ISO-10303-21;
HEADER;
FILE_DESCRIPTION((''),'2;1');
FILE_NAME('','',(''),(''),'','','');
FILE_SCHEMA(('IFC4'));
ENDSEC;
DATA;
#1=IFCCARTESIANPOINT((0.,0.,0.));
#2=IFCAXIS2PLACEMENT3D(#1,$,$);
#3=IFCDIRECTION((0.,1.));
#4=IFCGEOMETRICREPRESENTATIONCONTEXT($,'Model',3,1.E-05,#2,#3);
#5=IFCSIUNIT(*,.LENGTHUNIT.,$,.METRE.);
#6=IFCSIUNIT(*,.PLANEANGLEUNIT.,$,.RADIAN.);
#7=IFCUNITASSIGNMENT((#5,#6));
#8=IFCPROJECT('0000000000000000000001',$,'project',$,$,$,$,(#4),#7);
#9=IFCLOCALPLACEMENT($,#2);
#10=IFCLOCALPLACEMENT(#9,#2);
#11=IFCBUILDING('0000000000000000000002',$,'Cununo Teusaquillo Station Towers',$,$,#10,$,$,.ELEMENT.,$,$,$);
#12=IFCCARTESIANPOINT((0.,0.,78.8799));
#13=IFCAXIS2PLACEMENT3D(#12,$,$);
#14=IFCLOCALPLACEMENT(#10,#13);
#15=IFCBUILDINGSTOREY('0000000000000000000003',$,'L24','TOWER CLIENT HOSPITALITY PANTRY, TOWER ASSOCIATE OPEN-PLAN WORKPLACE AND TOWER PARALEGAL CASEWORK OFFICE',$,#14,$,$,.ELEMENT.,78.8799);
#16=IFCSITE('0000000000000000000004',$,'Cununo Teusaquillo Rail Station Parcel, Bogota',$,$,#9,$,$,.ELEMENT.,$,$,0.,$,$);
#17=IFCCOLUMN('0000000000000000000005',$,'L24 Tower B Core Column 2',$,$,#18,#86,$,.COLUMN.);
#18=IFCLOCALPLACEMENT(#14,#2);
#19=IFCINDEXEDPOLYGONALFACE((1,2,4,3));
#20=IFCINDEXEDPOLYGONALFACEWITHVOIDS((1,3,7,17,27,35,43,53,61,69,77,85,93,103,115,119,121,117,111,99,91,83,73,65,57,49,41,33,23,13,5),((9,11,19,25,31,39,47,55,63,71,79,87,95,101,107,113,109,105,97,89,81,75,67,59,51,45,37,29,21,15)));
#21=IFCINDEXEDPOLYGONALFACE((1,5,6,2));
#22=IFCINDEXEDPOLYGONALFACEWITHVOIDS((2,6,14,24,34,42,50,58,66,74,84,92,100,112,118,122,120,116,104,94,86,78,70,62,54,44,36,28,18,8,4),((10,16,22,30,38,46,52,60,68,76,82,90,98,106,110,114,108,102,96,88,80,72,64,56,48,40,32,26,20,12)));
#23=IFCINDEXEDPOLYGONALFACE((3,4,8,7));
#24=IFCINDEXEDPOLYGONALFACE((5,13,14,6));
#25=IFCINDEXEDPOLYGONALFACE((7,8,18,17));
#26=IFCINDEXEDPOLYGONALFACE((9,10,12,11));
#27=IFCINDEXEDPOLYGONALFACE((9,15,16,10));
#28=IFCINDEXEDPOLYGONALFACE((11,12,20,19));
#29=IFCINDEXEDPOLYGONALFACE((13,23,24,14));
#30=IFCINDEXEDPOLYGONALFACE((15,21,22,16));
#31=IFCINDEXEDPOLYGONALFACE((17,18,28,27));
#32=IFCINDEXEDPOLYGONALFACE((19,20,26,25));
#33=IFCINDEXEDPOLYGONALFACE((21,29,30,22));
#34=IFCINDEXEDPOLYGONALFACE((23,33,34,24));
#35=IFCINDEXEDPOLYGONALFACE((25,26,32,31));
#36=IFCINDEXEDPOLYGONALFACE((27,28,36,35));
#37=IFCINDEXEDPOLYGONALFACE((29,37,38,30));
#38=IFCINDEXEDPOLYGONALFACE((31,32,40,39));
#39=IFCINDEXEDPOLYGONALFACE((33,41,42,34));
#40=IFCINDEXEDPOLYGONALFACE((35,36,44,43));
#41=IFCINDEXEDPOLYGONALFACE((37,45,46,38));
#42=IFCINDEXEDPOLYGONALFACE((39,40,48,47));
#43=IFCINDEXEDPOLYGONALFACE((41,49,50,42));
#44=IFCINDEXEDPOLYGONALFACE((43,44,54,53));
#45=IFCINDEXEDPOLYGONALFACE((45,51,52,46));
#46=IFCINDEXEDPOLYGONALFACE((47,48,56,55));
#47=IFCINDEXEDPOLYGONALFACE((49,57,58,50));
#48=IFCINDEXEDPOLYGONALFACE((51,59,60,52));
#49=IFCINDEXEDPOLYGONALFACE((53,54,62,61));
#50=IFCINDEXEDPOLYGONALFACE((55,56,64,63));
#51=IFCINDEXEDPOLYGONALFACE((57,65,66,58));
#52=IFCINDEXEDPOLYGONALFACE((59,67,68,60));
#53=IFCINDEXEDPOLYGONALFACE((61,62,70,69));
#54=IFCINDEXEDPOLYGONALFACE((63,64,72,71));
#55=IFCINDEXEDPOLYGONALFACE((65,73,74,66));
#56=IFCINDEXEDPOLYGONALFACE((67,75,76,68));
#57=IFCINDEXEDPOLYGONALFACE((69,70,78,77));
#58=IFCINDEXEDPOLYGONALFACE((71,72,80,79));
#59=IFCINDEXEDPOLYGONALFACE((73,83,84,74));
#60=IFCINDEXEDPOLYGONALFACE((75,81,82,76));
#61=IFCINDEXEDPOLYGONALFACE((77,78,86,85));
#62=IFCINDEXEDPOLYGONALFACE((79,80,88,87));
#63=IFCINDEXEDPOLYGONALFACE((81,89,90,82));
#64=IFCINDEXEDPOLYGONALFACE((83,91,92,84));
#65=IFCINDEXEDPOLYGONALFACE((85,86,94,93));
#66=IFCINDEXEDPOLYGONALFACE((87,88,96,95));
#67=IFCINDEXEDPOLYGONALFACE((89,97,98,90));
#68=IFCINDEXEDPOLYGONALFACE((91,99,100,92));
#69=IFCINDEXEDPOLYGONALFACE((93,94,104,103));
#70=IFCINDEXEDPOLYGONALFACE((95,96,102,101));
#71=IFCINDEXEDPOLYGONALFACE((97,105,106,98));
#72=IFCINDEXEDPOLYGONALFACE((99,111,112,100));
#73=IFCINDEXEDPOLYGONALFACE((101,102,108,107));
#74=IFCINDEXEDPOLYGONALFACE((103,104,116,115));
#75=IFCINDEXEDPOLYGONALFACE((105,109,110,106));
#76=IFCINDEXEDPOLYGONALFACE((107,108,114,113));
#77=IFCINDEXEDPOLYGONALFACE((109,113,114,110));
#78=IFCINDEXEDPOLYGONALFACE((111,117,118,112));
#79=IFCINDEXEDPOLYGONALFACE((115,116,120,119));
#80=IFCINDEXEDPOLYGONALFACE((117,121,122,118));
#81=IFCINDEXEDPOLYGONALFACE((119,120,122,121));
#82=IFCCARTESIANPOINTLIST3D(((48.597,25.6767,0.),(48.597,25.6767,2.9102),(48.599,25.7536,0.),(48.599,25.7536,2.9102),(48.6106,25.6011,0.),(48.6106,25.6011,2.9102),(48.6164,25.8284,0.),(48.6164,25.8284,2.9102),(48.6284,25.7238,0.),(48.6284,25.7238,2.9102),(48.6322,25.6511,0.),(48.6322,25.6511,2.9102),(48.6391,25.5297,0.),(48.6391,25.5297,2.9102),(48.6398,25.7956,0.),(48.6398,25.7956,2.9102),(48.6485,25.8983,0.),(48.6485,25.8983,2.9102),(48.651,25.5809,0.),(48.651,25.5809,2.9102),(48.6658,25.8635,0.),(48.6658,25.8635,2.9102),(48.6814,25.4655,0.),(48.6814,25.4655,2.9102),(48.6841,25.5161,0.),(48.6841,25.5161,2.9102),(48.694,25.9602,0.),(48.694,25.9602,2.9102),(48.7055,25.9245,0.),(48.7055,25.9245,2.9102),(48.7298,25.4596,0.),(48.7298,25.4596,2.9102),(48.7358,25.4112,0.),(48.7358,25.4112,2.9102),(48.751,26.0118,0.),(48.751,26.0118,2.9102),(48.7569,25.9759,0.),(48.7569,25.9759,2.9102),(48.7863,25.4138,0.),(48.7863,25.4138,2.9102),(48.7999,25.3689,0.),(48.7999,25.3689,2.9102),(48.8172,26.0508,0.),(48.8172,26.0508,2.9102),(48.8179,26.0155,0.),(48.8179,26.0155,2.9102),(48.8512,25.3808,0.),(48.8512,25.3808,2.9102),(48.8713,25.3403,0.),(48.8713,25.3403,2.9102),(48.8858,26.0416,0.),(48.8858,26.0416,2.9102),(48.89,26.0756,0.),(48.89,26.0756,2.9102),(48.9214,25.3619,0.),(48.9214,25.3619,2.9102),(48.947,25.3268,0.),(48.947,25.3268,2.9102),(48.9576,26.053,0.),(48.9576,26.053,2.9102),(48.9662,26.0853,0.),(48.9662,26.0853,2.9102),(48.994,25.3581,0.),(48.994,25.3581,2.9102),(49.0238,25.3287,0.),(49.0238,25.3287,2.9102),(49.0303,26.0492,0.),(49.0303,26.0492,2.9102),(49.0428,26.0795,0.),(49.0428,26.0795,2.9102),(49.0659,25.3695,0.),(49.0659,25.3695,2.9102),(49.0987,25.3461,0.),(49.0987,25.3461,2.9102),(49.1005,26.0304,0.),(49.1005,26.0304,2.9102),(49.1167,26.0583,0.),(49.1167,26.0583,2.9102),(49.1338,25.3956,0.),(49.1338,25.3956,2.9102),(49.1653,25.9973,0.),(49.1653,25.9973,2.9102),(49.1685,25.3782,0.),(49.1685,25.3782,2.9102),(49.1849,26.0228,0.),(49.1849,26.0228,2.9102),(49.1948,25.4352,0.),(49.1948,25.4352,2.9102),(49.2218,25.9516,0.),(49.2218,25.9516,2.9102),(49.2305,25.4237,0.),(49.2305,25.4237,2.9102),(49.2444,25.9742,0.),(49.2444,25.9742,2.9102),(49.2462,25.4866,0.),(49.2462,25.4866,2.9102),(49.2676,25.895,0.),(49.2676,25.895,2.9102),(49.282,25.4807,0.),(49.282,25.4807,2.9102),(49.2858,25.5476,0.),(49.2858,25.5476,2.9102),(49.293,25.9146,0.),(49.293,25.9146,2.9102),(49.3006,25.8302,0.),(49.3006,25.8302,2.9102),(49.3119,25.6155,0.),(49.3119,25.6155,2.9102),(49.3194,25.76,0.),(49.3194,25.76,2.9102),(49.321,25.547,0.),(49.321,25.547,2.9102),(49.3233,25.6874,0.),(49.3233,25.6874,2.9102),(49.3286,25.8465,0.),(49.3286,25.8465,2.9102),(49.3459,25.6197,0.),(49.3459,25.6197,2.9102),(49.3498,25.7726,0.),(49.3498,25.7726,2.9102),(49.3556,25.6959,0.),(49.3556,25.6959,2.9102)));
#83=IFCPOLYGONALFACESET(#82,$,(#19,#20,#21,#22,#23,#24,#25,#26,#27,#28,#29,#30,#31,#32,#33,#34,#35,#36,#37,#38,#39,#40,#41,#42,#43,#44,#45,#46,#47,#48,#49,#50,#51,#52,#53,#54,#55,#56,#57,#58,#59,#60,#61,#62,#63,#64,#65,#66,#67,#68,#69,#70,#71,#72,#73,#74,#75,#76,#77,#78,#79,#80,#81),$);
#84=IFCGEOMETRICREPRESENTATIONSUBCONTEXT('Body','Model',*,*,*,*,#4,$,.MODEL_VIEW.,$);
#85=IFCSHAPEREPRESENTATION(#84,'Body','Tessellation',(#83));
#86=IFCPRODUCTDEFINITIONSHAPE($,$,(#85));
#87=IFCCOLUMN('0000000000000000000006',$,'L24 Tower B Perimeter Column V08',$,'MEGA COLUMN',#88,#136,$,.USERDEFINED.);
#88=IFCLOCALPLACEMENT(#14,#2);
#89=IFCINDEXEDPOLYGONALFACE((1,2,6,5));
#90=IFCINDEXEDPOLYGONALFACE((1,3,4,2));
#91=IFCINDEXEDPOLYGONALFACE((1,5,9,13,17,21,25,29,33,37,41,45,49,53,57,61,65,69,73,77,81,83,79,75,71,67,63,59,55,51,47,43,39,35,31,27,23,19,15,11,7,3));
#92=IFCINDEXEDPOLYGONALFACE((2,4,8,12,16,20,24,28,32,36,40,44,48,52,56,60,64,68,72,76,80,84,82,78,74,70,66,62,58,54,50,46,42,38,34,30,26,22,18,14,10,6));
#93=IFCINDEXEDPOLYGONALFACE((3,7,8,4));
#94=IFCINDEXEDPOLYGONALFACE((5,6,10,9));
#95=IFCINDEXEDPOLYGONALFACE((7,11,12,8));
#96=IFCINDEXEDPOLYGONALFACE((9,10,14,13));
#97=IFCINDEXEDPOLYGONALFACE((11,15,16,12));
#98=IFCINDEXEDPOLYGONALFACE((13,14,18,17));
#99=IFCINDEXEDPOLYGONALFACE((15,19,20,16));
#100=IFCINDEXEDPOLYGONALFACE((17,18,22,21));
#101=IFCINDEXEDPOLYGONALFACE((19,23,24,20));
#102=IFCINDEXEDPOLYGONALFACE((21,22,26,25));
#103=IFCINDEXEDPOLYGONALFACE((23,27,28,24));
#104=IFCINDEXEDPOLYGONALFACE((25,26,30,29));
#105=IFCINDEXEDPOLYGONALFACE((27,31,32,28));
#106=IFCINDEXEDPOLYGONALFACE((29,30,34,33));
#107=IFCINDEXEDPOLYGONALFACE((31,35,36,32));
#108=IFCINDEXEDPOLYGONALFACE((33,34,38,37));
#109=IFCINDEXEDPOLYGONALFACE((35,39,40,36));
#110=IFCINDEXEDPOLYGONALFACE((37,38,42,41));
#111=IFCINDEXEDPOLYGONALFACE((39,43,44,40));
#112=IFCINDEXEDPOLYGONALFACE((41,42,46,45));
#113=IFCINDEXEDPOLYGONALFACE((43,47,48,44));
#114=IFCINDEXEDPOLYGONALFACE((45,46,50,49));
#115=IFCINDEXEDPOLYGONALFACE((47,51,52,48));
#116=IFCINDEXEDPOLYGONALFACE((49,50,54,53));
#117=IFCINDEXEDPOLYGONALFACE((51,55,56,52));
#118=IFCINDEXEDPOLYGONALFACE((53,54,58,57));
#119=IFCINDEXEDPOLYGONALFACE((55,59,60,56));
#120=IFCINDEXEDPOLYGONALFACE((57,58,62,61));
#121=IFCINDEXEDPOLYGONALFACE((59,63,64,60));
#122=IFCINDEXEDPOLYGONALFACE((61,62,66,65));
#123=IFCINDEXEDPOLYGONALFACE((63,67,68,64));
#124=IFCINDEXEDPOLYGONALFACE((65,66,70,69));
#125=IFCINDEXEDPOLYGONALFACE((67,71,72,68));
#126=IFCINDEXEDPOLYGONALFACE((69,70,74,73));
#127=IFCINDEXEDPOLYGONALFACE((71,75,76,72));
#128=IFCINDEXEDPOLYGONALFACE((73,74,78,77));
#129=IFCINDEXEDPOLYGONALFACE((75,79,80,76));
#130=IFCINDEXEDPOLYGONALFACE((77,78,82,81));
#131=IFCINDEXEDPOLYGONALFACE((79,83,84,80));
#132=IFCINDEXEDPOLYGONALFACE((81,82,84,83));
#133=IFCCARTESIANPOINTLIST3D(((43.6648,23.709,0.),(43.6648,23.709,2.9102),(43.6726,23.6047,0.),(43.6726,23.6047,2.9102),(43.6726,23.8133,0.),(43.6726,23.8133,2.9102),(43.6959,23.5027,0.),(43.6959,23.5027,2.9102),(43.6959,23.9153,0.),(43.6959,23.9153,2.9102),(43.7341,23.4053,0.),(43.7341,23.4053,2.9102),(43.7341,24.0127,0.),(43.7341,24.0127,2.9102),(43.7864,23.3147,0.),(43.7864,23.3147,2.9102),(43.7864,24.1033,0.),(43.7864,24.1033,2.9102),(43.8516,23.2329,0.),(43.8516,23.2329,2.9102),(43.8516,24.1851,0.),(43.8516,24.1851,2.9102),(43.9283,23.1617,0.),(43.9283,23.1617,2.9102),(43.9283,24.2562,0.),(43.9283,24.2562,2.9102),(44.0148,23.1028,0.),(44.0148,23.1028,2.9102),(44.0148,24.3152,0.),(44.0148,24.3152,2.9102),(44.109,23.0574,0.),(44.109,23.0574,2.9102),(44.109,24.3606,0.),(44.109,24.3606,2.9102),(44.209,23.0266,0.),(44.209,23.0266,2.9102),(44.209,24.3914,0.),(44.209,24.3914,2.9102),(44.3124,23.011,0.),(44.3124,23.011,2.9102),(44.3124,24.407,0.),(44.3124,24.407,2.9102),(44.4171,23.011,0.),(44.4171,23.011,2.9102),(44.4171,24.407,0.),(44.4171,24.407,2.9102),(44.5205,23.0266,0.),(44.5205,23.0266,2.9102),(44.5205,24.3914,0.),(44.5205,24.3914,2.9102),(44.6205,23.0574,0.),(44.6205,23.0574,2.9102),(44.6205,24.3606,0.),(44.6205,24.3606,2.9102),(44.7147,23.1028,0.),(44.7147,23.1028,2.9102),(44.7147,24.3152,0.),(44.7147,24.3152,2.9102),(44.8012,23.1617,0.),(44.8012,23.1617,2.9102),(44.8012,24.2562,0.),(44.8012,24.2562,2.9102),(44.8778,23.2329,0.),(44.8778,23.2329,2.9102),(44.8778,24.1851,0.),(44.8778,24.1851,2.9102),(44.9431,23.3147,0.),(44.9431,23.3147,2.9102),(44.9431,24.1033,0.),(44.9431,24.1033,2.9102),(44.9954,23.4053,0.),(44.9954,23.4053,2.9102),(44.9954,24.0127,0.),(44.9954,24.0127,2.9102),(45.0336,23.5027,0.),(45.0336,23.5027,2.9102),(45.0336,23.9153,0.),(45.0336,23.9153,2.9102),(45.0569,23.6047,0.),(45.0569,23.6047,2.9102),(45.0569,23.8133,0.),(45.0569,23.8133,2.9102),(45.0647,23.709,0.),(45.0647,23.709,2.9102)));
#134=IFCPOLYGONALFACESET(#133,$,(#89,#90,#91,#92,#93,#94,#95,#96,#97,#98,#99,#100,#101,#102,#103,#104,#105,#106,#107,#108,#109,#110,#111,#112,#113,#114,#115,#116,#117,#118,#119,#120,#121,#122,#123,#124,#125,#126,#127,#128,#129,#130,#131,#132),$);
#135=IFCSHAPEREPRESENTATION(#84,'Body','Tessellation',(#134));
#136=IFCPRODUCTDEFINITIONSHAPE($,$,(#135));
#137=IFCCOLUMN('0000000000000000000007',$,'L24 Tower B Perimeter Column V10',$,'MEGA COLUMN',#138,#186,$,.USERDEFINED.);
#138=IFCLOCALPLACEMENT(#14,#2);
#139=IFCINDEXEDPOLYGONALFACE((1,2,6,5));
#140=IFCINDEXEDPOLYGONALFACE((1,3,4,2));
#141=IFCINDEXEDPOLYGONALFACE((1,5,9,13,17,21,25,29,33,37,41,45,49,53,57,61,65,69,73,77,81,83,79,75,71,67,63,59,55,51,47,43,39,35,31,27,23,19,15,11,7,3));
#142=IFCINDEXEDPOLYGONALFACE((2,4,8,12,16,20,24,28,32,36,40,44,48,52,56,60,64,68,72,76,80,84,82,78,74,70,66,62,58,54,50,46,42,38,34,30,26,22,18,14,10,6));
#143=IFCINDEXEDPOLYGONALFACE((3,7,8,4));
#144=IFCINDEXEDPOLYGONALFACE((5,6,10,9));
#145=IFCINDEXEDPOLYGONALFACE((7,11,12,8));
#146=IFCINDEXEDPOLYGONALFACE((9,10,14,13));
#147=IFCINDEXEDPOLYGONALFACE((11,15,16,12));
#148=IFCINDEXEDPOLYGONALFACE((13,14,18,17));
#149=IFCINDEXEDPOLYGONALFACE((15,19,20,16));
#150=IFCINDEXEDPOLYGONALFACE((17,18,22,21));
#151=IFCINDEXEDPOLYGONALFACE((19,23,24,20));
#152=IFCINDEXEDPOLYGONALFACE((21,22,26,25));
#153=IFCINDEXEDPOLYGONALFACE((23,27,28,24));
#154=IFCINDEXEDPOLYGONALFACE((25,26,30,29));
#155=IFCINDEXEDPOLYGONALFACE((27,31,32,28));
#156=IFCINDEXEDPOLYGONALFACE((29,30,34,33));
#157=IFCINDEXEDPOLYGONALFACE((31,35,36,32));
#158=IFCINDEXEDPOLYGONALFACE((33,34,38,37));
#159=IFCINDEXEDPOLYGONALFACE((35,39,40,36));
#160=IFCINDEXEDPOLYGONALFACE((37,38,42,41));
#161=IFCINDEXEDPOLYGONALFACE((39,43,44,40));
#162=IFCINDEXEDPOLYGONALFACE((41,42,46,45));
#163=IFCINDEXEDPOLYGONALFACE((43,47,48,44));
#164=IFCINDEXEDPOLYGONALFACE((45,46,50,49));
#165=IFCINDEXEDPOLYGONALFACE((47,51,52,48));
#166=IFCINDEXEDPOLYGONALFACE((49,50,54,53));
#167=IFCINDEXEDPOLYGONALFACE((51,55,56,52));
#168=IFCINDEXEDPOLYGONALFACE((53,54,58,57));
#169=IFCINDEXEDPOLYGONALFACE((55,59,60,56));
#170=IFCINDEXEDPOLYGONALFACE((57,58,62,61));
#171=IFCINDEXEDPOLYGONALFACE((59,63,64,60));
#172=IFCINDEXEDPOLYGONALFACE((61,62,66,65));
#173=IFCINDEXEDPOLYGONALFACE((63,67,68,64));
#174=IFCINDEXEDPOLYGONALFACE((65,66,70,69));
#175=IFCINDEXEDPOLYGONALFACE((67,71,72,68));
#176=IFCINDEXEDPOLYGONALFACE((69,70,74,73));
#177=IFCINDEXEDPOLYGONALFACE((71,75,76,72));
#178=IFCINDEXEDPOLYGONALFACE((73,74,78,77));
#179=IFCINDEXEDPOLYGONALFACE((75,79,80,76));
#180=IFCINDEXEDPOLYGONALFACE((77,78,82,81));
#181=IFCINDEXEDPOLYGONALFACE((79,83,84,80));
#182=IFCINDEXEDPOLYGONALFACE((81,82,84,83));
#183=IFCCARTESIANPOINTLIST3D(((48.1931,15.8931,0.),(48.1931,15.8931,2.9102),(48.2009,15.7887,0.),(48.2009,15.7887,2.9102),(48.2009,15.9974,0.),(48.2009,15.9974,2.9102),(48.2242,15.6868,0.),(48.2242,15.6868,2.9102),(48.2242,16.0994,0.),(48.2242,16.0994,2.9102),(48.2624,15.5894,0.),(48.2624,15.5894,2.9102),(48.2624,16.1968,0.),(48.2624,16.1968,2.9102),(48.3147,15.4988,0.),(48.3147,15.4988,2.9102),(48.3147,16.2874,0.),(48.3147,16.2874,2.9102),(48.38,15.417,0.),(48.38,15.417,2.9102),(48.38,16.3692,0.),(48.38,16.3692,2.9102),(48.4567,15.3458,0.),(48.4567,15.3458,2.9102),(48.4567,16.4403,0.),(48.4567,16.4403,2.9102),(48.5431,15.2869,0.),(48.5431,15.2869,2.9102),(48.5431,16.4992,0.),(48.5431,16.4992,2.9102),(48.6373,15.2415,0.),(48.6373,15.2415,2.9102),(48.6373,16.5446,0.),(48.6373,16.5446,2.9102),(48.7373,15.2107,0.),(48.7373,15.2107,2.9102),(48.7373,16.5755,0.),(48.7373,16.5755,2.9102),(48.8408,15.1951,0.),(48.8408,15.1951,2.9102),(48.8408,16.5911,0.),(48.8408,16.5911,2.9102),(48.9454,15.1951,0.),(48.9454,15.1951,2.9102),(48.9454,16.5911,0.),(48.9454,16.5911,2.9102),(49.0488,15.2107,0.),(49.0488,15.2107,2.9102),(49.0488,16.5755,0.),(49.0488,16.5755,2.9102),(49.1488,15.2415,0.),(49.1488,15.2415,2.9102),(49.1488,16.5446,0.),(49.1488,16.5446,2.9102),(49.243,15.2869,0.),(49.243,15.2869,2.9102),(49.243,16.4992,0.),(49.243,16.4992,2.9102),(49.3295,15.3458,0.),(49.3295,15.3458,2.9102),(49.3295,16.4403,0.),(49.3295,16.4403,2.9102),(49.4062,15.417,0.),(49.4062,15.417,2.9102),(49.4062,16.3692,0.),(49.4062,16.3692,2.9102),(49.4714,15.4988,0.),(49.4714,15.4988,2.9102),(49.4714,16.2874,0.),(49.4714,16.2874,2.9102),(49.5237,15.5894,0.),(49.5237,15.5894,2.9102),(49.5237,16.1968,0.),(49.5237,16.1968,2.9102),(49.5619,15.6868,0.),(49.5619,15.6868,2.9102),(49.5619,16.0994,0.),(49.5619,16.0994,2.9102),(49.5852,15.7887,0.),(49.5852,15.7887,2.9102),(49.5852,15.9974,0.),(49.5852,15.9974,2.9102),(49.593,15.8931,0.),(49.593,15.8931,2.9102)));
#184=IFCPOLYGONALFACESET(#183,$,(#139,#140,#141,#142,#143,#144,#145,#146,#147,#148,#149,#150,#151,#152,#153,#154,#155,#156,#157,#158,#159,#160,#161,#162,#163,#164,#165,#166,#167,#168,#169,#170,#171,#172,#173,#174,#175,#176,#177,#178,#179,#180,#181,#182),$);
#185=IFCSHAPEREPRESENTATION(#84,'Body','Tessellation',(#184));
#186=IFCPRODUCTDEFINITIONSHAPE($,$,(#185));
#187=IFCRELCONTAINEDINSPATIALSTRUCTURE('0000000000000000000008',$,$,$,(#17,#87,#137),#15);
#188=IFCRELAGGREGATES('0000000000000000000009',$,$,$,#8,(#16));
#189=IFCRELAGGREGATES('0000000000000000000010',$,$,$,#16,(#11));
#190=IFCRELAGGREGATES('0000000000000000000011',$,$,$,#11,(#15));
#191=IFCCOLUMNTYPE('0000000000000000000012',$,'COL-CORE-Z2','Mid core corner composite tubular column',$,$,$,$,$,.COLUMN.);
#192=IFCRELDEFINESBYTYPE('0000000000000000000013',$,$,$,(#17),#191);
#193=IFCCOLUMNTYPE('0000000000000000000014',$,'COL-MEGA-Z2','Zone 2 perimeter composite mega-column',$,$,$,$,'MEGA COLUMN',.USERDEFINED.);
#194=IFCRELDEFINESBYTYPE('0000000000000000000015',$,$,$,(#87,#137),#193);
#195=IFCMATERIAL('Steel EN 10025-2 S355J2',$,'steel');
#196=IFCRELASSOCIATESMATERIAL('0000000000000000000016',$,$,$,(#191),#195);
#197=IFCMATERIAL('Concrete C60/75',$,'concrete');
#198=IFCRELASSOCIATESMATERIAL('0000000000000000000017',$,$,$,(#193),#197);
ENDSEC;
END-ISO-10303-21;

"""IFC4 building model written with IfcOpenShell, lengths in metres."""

from ifc_helpers import new_model, si_unit, direction, frame, origin, origin_2d, place, context, subcontext, project, spatial, circle, hollow_circle, extrude, material, material_profile, profile_set, type_object, element, save


model = new_model("IFC4")

# Units and contexts
model_context = context("Model", 3, precision=1e-05, world=origin(), true_north=direction((0.0, 1.0)))
body_context = subcontext(model_context, "Body", "Model", "MODEL_VIEW")
ifc_project = project(units=[si_unit("LENGTHUNIT", "METRE"), si_unit("PLANEANGLEUNIT", "RADIAN")], contexts=[model_context])

# Site, building, storey
site_placement = place(None, origin())
site = spatial("IfcSite", under=ifc_project, at=site_placement, Name="Cununo Teusaquillo Rail Station Parcel, Bogota", CompositionType="ELEMENT", RefElevation=0.0)
building_placement = place(site_placement, origin())
building = spatial("IfcBuilding", under=site, at=building_placement, Name="Cununo Teusaquillo Station Towers", CompositionType="ELEMENT")
storey_placement = place(building_placement, frame((0.0, 0.0, 78.8799)))
storey = spatial("IfcBuildingStorey", under=building, at=storey_placement, Name="L24", Description="TOWER CLIENT HOSPITALITY PANTRY, TOWER ASSOCIATE OPEN-PLAN WORKPLACE AND TOWER PARALEGAL CASEWORK OFFICE", CompositionType="ELEMENT", Elevation=78.8799)

# Columns
ifc_material_1 = material(Name="Steel EN 10025-2 S355J2", Category="steel")
ifc_material_profile_1 = material_profile(ifc_material_1, hollow_circle(Radius=0.3799, WallThickness=0.032, at=origin_2d()), Name="CHS 760x32")
ifc_profile_set_1 = profile_set([ifc_material_profile_1], Name="Steel EN 10025-2 S355J2")
column_type_1 = type_object("IfcColumnType", Name="COL-CORE-Z2", Description="Mid core corner composite tubular column", PredefinedType="COLUMN", material=ifc_profile_set_1)
column_placement = place(storey_placement, frame((48.9758, 25.7056, 0.0), z_axis=(0.0, 0.0, 1.0), x_axis=(0.707107, 0.707107, 0.0)))
element("IfcColumn", 1, at=column_placement, inside=storey, type_object=column_type_1, Name="L24 Tower B Core Column 2", PredefinedType="COLUMN", context=body_context, shape_type="SweptSolid", body=[
    extrude(hollow_circle(Radius=0.3799, WallThickness=0.032, at=origin_2d()), origin(), (0.0, 0.0, 1.0), 2.9102),
])
ifc_material_2 = material(Name="Concrete C60/75", Category="concrete")
ifc_material_profile_2 = material_profile(ifc_material_2, circle(Radius=0.7, at=origin_2d()), Name="RC-CIRC-1400")
ifc_profile_set_2 = profile_set([ifc_material_profile_2], Name="Concrete C60/75")
column_type_2 = type_object("IfcColumnType", Name="COL-MEGA-Z2", Description="Zone 2 perimeter composite mega-column", ElementType="MEGA COLUMN", PredefinedType="USERDEFINED", material=ifc_profile_set_2)
for number, where, z_axis, x_axis, name in (
    (2, (44.3647, 23.709, 0.0), (0.0, 0.0, 1.0), (1.0, 0.0, 0.0), "L24 Tower B Perimeter Column V08"),
    (3, (48.8931, 15.8931, 0.0), (0.0, 0.0, 1.0), (1.0, 0.0, 0.0), "L24 Tower B Perimeter Column V10"),
):
    element("IfcColumn", number, at=place(storey_placement, frame(where, z_axis=z_axis, x_axis=x_axis)), inside=storey, type_object=column_type_2, Name=name, ObjectType="MEGA COLUMN", PredefinedType="USERDEFINED", context=body_context, shape_type="SweptSolid", body=[
        extrude(circle(Radius=0.7, at=origin_2d()), origin(), (0.0, 0.0, 1.0), 2.9102),
    ])

save(model, "model.ifc")
